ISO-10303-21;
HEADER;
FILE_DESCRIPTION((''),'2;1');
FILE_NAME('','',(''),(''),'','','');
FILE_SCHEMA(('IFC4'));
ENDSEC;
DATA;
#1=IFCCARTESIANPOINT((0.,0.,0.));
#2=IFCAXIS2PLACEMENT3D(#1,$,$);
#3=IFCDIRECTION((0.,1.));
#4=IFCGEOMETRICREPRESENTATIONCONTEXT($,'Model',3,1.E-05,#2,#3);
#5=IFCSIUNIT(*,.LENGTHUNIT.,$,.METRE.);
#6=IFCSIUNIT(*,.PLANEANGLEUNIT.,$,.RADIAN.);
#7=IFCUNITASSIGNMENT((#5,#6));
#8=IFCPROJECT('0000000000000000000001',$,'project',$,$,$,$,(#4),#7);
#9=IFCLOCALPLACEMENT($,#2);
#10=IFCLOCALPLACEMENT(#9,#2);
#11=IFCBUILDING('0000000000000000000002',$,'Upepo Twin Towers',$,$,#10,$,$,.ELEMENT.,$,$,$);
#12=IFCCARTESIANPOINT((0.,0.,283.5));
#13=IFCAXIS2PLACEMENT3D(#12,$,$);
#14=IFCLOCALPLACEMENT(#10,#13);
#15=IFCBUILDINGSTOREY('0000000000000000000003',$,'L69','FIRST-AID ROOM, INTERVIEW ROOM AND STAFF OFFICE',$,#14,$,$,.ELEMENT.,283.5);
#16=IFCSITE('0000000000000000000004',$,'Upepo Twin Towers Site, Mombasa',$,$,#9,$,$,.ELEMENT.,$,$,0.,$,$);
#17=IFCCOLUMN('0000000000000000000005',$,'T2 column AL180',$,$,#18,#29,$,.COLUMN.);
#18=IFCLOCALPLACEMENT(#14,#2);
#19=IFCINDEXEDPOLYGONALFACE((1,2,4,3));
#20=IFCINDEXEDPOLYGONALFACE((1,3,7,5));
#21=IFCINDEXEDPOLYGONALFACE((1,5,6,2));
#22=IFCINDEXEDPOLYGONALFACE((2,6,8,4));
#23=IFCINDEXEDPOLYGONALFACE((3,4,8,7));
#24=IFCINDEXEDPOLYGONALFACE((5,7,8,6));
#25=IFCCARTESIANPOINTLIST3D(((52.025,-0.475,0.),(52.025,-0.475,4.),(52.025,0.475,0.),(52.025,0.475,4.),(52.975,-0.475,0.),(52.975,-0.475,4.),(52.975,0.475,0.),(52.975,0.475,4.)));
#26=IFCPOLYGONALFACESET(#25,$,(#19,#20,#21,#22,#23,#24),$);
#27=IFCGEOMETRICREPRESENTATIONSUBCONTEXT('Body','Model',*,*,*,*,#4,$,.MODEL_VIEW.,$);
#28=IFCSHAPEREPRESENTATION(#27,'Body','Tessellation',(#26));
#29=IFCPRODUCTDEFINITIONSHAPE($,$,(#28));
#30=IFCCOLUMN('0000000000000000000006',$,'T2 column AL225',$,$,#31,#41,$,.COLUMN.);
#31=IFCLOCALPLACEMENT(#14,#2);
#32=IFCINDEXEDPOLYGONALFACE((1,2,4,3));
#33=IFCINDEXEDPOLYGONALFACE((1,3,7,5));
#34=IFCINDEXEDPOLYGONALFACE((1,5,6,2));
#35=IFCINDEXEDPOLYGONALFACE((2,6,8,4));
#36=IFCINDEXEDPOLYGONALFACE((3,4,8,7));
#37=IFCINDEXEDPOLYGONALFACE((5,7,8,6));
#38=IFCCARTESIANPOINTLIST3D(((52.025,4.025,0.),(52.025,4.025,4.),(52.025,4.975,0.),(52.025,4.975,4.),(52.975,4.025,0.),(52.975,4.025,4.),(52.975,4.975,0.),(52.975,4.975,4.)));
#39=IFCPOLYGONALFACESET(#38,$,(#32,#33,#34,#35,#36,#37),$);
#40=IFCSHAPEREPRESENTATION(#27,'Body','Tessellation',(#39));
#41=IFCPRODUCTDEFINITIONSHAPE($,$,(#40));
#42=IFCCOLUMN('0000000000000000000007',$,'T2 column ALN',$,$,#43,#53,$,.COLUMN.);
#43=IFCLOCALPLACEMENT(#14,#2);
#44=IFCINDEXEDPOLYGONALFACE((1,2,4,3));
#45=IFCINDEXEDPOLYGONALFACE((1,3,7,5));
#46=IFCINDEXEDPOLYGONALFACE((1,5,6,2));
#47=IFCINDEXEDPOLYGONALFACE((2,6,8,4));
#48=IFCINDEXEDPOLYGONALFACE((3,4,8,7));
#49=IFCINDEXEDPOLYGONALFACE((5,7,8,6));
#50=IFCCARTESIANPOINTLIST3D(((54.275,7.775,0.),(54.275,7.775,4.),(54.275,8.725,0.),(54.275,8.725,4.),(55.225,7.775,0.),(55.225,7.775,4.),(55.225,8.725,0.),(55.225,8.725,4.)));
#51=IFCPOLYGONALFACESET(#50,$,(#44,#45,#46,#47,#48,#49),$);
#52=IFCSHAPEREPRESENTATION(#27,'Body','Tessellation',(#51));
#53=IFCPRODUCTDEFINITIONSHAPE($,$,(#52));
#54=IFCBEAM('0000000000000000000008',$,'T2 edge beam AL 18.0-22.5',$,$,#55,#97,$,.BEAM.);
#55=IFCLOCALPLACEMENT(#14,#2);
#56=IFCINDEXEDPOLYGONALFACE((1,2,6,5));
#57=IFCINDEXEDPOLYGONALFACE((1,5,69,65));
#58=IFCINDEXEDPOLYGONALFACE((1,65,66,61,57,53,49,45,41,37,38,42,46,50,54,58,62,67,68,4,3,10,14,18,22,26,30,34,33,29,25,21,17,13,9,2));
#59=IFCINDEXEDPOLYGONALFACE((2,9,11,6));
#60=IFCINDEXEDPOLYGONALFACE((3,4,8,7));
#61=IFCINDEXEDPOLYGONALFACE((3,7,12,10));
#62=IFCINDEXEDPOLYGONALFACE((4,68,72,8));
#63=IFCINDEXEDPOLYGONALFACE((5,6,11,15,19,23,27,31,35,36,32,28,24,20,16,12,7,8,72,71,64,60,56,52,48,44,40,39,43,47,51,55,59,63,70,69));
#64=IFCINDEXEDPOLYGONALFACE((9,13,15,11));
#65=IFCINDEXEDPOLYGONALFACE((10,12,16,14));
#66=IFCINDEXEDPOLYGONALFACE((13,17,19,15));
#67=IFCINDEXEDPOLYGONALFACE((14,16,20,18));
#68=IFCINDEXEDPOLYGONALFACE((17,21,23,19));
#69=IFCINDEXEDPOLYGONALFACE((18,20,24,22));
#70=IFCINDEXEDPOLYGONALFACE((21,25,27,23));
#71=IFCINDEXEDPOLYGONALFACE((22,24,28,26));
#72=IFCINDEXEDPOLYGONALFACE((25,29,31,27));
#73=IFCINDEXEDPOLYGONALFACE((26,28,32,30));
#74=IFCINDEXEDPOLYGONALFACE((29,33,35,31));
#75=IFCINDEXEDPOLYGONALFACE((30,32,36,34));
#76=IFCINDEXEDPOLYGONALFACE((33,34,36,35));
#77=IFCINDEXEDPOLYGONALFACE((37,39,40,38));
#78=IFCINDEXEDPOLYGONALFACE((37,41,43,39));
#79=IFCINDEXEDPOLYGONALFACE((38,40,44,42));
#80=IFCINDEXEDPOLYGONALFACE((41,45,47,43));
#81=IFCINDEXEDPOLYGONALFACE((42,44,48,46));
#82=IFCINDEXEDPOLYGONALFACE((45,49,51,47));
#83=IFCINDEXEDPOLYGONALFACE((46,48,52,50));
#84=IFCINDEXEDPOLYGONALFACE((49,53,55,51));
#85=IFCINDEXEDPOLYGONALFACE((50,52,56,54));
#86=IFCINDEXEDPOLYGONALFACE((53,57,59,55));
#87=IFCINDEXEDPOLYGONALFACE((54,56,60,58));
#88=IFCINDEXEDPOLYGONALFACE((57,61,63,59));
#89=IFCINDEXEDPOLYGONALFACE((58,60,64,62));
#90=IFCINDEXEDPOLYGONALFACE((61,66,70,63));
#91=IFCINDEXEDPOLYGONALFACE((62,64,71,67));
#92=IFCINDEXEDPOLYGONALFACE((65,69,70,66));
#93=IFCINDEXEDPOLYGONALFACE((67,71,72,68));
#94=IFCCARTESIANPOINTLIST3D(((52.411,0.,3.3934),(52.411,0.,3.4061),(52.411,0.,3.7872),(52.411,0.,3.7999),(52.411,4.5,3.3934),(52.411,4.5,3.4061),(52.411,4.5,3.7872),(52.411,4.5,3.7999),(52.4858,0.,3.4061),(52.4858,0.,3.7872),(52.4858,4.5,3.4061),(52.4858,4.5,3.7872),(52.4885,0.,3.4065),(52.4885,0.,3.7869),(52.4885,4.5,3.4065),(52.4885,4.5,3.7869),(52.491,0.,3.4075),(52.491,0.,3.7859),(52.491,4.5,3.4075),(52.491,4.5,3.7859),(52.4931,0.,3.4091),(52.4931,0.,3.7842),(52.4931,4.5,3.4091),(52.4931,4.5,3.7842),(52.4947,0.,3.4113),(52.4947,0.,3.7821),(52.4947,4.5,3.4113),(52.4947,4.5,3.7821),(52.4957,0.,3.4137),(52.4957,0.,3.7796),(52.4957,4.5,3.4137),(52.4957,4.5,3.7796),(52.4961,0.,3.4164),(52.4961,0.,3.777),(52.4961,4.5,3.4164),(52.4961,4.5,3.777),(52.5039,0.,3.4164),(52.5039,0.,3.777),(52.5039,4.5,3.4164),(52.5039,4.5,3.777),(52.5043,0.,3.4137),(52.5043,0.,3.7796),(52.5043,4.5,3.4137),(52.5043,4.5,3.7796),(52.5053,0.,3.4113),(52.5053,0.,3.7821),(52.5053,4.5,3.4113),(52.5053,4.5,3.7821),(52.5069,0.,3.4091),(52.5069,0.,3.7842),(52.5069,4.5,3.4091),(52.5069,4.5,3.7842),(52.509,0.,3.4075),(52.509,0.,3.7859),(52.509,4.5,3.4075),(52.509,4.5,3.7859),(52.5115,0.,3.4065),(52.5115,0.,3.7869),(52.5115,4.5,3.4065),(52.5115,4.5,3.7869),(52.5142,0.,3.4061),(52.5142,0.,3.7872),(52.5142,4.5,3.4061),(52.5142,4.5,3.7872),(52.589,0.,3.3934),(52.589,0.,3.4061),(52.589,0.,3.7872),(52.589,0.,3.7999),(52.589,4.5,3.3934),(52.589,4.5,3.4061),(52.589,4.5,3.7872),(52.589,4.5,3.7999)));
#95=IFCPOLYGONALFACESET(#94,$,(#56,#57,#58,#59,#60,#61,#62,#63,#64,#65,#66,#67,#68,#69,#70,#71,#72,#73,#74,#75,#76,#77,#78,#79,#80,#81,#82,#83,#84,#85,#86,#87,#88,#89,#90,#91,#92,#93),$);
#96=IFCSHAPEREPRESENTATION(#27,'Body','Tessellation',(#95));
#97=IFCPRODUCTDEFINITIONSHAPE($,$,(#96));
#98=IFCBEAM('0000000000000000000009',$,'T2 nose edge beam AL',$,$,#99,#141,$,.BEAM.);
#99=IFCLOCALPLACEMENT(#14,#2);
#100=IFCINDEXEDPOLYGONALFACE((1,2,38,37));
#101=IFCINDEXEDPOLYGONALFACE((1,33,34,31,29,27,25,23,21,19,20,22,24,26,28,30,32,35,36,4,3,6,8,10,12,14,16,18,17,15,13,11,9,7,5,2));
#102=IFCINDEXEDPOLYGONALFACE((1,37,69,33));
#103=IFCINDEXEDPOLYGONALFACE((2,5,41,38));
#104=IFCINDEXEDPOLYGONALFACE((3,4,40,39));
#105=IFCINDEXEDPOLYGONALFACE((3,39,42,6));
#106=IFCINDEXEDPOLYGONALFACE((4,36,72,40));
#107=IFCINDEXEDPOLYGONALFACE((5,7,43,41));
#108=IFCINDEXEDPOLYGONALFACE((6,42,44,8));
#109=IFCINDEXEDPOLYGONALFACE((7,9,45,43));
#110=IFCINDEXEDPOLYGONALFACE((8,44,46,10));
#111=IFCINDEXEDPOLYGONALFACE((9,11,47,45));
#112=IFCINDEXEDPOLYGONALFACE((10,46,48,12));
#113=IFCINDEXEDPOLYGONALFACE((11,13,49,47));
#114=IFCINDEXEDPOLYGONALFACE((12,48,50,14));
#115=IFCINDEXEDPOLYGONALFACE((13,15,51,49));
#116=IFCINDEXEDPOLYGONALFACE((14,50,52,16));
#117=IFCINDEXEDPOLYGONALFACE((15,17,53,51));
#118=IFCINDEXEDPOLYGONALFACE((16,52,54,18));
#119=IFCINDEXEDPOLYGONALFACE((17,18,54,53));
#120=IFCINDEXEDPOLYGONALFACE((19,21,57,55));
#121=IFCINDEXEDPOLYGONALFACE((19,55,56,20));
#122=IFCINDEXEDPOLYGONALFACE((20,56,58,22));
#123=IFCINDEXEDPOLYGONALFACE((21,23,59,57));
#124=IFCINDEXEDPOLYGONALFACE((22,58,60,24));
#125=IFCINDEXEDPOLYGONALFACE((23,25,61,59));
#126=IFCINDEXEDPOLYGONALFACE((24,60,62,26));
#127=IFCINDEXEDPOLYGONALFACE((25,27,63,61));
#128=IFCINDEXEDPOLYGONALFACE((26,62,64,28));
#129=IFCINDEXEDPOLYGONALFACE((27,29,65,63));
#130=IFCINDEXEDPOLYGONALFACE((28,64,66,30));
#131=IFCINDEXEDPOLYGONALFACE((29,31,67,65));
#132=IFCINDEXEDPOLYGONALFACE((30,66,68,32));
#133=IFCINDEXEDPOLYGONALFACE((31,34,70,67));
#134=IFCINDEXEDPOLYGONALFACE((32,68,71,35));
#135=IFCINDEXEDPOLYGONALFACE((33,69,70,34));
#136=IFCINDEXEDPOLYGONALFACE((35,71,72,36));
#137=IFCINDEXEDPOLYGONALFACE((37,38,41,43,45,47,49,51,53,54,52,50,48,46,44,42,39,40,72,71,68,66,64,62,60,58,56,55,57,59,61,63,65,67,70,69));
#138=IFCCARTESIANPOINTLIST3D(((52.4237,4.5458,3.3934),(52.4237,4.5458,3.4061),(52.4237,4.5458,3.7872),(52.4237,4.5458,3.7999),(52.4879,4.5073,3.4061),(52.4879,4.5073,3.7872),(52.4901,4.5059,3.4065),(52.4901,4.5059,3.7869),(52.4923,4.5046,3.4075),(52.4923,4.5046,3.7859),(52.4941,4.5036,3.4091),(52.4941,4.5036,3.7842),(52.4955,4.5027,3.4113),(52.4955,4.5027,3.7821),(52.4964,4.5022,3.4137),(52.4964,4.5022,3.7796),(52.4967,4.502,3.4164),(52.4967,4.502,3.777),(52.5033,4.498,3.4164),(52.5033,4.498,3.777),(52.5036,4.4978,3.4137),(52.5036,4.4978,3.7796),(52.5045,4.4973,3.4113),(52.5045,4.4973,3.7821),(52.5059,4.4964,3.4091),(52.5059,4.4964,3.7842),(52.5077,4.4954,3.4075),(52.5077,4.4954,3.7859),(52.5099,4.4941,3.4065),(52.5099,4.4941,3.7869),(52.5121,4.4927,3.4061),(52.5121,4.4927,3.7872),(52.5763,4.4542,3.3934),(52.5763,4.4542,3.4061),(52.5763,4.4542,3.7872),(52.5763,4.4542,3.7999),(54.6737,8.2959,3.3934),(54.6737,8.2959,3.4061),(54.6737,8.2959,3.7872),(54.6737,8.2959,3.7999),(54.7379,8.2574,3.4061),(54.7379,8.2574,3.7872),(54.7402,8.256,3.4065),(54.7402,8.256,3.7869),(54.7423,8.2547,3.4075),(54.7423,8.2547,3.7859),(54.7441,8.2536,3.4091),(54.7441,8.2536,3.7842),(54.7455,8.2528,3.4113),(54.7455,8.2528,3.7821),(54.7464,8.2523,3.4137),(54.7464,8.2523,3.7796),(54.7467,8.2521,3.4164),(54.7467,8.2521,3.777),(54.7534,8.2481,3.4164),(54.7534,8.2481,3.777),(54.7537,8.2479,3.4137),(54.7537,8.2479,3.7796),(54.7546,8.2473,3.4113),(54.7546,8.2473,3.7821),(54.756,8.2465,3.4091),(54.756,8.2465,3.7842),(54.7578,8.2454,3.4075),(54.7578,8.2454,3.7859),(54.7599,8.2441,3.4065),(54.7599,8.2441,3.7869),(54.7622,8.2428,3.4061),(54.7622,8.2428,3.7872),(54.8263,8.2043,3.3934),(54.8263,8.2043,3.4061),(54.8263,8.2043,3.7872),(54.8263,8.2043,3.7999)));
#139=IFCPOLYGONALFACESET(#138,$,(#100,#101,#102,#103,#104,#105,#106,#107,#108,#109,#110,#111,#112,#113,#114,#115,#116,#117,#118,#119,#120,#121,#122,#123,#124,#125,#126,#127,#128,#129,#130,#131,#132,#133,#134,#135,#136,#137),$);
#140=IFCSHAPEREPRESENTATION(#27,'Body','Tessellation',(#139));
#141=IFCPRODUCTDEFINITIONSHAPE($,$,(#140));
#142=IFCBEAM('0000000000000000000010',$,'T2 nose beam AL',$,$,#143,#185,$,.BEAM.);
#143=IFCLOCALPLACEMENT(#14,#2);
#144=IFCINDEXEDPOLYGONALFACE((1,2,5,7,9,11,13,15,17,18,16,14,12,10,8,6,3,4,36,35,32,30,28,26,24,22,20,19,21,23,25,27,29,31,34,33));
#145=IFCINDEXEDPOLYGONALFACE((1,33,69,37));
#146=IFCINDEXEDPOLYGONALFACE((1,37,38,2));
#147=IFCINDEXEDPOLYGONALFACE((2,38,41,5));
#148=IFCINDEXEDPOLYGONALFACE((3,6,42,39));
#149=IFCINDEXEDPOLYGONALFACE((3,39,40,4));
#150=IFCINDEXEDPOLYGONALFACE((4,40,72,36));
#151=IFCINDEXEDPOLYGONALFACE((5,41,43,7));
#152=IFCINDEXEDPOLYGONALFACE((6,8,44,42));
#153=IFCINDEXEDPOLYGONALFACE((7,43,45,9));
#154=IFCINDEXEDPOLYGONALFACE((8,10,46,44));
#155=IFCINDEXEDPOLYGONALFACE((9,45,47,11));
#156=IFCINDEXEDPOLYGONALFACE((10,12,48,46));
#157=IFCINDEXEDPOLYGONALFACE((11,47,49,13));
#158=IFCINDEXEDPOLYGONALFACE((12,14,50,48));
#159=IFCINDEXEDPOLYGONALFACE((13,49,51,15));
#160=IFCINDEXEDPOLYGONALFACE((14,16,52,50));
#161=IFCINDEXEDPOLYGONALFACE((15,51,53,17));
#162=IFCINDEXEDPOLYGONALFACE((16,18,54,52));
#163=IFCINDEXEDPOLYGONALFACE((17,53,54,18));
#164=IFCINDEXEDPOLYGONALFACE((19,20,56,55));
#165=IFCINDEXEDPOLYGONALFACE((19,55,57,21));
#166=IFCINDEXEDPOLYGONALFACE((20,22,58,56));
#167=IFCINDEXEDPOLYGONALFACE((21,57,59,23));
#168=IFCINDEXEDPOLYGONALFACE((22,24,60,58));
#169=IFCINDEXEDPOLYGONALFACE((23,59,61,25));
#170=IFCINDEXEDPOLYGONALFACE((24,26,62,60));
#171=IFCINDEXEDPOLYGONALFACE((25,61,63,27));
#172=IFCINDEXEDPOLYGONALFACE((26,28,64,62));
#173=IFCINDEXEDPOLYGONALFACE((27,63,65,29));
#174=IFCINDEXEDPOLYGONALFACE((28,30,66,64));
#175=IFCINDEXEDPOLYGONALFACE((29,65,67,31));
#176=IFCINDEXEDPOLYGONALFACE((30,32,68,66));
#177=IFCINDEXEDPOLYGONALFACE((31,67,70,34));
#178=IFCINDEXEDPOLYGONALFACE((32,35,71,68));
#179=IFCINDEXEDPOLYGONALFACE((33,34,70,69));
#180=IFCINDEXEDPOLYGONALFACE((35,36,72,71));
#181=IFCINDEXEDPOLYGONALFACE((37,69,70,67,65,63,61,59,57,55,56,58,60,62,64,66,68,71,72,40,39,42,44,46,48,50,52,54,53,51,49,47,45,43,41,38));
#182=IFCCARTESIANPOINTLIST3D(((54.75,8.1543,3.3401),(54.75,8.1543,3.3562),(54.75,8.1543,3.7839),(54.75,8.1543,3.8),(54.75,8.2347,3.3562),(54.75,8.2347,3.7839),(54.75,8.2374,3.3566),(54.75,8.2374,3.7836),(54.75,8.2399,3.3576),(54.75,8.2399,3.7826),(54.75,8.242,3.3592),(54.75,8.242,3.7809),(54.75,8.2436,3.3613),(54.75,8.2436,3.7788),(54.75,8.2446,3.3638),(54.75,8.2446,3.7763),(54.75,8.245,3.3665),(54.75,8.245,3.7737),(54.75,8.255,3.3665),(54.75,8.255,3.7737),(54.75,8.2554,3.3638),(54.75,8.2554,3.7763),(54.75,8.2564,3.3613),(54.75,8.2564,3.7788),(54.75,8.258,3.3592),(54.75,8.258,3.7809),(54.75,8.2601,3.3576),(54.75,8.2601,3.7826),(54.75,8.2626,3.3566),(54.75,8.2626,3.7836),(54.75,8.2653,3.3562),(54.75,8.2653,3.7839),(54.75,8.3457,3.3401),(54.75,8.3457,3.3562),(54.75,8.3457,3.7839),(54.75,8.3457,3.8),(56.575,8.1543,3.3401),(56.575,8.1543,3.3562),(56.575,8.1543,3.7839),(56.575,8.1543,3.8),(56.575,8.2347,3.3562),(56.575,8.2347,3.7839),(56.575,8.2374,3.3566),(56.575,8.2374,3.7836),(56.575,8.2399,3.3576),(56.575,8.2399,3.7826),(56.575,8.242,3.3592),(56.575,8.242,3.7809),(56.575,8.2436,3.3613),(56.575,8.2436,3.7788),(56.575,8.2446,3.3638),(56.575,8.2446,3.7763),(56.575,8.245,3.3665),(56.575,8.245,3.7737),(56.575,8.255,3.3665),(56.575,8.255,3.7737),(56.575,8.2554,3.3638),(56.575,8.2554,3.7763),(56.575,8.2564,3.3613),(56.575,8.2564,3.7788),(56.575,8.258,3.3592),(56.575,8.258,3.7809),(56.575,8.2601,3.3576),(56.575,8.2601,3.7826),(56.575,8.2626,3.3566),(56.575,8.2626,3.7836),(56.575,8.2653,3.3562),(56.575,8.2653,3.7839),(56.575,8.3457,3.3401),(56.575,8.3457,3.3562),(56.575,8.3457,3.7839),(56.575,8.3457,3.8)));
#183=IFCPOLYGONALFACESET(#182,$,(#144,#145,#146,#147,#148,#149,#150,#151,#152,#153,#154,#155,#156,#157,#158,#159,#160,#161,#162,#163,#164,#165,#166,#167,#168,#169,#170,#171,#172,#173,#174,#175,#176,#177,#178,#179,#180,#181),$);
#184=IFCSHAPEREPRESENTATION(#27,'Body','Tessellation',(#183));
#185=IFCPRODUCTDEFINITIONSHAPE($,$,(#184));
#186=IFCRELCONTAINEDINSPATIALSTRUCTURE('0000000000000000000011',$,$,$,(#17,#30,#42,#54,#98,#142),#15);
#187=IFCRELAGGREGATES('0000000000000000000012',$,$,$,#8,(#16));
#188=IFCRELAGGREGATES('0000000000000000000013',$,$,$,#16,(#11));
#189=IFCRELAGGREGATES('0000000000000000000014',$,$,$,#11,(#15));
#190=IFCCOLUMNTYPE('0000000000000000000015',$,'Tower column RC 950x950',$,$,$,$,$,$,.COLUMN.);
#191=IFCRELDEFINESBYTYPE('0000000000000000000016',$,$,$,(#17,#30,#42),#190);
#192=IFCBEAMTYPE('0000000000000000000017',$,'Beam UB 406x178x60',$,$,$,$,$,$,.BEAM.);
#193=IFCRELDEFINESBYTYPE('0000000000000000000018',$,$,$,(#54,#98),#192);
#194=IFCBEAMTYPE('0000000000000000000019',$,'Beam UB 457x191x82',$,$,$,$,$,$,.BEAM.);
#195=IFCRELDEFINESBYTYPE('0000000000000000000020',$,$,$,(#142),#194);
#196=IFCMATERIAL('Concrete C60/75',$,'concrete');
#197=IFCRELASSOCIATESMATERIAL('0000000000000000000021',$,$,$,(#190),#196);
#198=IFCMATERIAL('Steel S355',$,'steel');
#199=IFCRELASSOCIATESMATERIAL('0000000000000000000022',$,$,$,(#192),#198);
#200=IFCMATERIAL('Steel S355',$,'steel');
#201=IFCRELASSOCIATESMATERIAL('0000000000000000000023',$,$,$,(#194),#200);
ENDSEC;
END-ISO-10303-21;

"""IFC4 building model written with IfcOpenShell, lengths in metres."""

from ifc_helpers import new_model, si_unit, direction, frame, origin, origin_2d, place, context, subcontext, project, spatial, rectangle, i_section, extrude, material, material_profile, profile_set, type_object, element, save


model = new_model("IFC4")

# Units and contexts
model_context = context("Model", 3, precision=1e-05, world=origin(), true_north=direction((0.0, 1.0)))
body_context = subcontext(model_context, "Body", "Model", "MODEL_VIEW")
ifc_project = project(units=[si_unit("LENGTHUNIT", "METRE"), si_unit("PLANEANGLEUNIT", "RADIAN")], contexts=[model_context])

# Site, building, storey
site_placement = place(None, origin())
site = spatial("IfcSite", under=ifc_project, at=site_placement, Name="Upepo Twin Towers Site, Mombasa", CompositionType="ELEMENT", RefElevation=0.0)
building_placement = place(site_placement, origin())
building = spatial("IfcBuilding", under=site, at=building_placement, Name="Upepo Twin Towers", CompositionType="ELEMENT")
storey_placement = place(building_placement, frame((0.0, 0.0, 283.5)))
storey = spatial("IfcBuildingStorey", under=building, at=storey_placement, Name="L69", Description="FIRST-AID ROOM, INTERVIEW ROOM AND STAFF OFFICE", CompositionType="ELEMENT", Elevation=283.5)

# Columns
ifc_material_1 = material(Name="Concrete C60/75", Category="concrete")
ifc_material_profile_1 = material_profile(ifc_material_1, rectangle(XDim=0.95, YDim=0.95, at=origin_2d()), Name="RC 950x950")
ifc_profile_set_1 = profile_set([ifc_material_profile_1], Name="Concrete C60/75")
column_type = type_object("IfcColumnType", Name="Tower column RC 950x950", PredefinedType="COLUMN", material=ifc_profile_set_1)
for number, where, z_axis, x_axis, name in (
    (1, (52.5, 0.0, 0.0), (0.0, 0.0, 1.0), (1.0, 0.0, 0.0), "T2 column AL180"),
    (2, (52.5, 4.5, 0.0), (0.0, 0.0, 1.0), (1.0, 0.0, 0.0), "T2 column AL225"),
    (3, (54.75, 8.25, 0.0), (0.0, 0.0, 1.0), (1.0, 0.0, 0.0), "T2 column ALN"),
):
    element("IfcColumn", number, at=place(storey_placement, frame(where, z_axis=z_axis, x_axis=x_axis)), inside=storey, type_object=column_type, Name=name, PredefinedType="COLUMN", context=body_context, shape_type="SweptSolid", body=[
        extrude(rectangle(XDim=0.95, YDim=0.95, at=origin_2d()), origin(), (0.0, 0.0, 1.0), 4.0),
    ])

# Beams
ifc_material_2 = material(Name="Steel S355", Category="steel")
ifc_material_profile_2 = material_profile(ifc_material_2, i_section(OverallWidth=0.178, OverallDepth=0.4065, WebThickness=0.0078, FlangeThickness=0.0127, FilletRadius=0.0103, at=origin_2d()), Name="UB 406x178x60")
ifc_profile_set_2 = profile_set([ifc_material_profile_2], Name="Steel S355")
beam_type_1 = type_object("IfcBeamType", Name="Beam UB 406x178x60", PredefinedType="BEAM", material=ifc_profile_set_2)
beam_1_placement = place(storey_placement, frame((52.5, 0.0, 3.5967), z_axis=(0.0, 1.0, 0.0), x_axis=(-1.0, 0.0, 0.0)))
element("IfcBeam", 4, at=beam_1_placement, inside=storey, type_object=beam_type_1, Name="T2 edge beam AL 18.0-22.5", PredefinedType="BEAM", context=body_context, shape_type="SweptSolid", body=[
    extrude(i_section(OverallWidth=0.178, OverallDepth=0.4065, WebThickness=0.0078, FlangeThickness=0.0127, FilletRadius=0.0103, at=origin_2d()), origin(), (0.0, 0.0, 1.0), 4.5),
])
beam_2_placement = place(storey_placement, frame((52.5, 4.5, 3.5967), z_axis=(0.514496, 0.857493, 0.0), x_axis=(-0.857493, 0.514496, 0.0)))
element("IfcBeam", 5, at=beam_2_placement, inside=storey, type_object=beam_type_1, Name="T2 nose edge beam AL", PredefinedType="BEAM", context=body_context, shape_type="SweptSolid", body=[
    extrude(i_section(OverallWidth=0.178, OverallDepth=0.4065, WebThickness=0.0078, FlangeThickness=0.0127, FilletRadius=0.0103, at=origin_2d()), origin(), (0.0, 0.0, 1.0), 4.3733),
])
ifc_material_3 = material(Name="Steel S355", Category="steel")
ifc_material_profile_3 = material_profile(ifc_material_3, i_section(OverallWidth=0.1914, OverallDepth=0.46, WebThickness=0.01, FlangeThickness=0.0161, FilletRadius=0.0103, at=origin_2d()), Name="UB 457x191x82")
ifc_profile_set_3 = profile_set([ifc_material_profile_3], Name="Steel S355")
beam_type_2 = type_object("IfcBeamType", Name="Beam UB 457x191x82", PredefinedType="BEAM", material=ifc_profile_set_3)
beam_3_placement = place(storey_placement, frame((54.75, 8.25, 3.5701), z_axis=(1.0, 0.0, 0.0), x_axis=(0.0, 1.0, 0.0)))
element("IfcBeam", 6, at=beam_3_placement, inside=storey, type_object=beam_type_2, Name="T2 nose beam AL", PredefinedType="BEAM", context=body_context, shape_type="SweptSolid", body=[
    extrude(i_section(OverallWidth=0.1914, OverallDepth=0.46, WebThickness=0.01, FlangeThickness=0.0161, FilletRadius=0.0103, at=origin_2d()), origin(), (0.0, 0.0, 1.0), 1.825),
])

save(model, "model.ifc")
